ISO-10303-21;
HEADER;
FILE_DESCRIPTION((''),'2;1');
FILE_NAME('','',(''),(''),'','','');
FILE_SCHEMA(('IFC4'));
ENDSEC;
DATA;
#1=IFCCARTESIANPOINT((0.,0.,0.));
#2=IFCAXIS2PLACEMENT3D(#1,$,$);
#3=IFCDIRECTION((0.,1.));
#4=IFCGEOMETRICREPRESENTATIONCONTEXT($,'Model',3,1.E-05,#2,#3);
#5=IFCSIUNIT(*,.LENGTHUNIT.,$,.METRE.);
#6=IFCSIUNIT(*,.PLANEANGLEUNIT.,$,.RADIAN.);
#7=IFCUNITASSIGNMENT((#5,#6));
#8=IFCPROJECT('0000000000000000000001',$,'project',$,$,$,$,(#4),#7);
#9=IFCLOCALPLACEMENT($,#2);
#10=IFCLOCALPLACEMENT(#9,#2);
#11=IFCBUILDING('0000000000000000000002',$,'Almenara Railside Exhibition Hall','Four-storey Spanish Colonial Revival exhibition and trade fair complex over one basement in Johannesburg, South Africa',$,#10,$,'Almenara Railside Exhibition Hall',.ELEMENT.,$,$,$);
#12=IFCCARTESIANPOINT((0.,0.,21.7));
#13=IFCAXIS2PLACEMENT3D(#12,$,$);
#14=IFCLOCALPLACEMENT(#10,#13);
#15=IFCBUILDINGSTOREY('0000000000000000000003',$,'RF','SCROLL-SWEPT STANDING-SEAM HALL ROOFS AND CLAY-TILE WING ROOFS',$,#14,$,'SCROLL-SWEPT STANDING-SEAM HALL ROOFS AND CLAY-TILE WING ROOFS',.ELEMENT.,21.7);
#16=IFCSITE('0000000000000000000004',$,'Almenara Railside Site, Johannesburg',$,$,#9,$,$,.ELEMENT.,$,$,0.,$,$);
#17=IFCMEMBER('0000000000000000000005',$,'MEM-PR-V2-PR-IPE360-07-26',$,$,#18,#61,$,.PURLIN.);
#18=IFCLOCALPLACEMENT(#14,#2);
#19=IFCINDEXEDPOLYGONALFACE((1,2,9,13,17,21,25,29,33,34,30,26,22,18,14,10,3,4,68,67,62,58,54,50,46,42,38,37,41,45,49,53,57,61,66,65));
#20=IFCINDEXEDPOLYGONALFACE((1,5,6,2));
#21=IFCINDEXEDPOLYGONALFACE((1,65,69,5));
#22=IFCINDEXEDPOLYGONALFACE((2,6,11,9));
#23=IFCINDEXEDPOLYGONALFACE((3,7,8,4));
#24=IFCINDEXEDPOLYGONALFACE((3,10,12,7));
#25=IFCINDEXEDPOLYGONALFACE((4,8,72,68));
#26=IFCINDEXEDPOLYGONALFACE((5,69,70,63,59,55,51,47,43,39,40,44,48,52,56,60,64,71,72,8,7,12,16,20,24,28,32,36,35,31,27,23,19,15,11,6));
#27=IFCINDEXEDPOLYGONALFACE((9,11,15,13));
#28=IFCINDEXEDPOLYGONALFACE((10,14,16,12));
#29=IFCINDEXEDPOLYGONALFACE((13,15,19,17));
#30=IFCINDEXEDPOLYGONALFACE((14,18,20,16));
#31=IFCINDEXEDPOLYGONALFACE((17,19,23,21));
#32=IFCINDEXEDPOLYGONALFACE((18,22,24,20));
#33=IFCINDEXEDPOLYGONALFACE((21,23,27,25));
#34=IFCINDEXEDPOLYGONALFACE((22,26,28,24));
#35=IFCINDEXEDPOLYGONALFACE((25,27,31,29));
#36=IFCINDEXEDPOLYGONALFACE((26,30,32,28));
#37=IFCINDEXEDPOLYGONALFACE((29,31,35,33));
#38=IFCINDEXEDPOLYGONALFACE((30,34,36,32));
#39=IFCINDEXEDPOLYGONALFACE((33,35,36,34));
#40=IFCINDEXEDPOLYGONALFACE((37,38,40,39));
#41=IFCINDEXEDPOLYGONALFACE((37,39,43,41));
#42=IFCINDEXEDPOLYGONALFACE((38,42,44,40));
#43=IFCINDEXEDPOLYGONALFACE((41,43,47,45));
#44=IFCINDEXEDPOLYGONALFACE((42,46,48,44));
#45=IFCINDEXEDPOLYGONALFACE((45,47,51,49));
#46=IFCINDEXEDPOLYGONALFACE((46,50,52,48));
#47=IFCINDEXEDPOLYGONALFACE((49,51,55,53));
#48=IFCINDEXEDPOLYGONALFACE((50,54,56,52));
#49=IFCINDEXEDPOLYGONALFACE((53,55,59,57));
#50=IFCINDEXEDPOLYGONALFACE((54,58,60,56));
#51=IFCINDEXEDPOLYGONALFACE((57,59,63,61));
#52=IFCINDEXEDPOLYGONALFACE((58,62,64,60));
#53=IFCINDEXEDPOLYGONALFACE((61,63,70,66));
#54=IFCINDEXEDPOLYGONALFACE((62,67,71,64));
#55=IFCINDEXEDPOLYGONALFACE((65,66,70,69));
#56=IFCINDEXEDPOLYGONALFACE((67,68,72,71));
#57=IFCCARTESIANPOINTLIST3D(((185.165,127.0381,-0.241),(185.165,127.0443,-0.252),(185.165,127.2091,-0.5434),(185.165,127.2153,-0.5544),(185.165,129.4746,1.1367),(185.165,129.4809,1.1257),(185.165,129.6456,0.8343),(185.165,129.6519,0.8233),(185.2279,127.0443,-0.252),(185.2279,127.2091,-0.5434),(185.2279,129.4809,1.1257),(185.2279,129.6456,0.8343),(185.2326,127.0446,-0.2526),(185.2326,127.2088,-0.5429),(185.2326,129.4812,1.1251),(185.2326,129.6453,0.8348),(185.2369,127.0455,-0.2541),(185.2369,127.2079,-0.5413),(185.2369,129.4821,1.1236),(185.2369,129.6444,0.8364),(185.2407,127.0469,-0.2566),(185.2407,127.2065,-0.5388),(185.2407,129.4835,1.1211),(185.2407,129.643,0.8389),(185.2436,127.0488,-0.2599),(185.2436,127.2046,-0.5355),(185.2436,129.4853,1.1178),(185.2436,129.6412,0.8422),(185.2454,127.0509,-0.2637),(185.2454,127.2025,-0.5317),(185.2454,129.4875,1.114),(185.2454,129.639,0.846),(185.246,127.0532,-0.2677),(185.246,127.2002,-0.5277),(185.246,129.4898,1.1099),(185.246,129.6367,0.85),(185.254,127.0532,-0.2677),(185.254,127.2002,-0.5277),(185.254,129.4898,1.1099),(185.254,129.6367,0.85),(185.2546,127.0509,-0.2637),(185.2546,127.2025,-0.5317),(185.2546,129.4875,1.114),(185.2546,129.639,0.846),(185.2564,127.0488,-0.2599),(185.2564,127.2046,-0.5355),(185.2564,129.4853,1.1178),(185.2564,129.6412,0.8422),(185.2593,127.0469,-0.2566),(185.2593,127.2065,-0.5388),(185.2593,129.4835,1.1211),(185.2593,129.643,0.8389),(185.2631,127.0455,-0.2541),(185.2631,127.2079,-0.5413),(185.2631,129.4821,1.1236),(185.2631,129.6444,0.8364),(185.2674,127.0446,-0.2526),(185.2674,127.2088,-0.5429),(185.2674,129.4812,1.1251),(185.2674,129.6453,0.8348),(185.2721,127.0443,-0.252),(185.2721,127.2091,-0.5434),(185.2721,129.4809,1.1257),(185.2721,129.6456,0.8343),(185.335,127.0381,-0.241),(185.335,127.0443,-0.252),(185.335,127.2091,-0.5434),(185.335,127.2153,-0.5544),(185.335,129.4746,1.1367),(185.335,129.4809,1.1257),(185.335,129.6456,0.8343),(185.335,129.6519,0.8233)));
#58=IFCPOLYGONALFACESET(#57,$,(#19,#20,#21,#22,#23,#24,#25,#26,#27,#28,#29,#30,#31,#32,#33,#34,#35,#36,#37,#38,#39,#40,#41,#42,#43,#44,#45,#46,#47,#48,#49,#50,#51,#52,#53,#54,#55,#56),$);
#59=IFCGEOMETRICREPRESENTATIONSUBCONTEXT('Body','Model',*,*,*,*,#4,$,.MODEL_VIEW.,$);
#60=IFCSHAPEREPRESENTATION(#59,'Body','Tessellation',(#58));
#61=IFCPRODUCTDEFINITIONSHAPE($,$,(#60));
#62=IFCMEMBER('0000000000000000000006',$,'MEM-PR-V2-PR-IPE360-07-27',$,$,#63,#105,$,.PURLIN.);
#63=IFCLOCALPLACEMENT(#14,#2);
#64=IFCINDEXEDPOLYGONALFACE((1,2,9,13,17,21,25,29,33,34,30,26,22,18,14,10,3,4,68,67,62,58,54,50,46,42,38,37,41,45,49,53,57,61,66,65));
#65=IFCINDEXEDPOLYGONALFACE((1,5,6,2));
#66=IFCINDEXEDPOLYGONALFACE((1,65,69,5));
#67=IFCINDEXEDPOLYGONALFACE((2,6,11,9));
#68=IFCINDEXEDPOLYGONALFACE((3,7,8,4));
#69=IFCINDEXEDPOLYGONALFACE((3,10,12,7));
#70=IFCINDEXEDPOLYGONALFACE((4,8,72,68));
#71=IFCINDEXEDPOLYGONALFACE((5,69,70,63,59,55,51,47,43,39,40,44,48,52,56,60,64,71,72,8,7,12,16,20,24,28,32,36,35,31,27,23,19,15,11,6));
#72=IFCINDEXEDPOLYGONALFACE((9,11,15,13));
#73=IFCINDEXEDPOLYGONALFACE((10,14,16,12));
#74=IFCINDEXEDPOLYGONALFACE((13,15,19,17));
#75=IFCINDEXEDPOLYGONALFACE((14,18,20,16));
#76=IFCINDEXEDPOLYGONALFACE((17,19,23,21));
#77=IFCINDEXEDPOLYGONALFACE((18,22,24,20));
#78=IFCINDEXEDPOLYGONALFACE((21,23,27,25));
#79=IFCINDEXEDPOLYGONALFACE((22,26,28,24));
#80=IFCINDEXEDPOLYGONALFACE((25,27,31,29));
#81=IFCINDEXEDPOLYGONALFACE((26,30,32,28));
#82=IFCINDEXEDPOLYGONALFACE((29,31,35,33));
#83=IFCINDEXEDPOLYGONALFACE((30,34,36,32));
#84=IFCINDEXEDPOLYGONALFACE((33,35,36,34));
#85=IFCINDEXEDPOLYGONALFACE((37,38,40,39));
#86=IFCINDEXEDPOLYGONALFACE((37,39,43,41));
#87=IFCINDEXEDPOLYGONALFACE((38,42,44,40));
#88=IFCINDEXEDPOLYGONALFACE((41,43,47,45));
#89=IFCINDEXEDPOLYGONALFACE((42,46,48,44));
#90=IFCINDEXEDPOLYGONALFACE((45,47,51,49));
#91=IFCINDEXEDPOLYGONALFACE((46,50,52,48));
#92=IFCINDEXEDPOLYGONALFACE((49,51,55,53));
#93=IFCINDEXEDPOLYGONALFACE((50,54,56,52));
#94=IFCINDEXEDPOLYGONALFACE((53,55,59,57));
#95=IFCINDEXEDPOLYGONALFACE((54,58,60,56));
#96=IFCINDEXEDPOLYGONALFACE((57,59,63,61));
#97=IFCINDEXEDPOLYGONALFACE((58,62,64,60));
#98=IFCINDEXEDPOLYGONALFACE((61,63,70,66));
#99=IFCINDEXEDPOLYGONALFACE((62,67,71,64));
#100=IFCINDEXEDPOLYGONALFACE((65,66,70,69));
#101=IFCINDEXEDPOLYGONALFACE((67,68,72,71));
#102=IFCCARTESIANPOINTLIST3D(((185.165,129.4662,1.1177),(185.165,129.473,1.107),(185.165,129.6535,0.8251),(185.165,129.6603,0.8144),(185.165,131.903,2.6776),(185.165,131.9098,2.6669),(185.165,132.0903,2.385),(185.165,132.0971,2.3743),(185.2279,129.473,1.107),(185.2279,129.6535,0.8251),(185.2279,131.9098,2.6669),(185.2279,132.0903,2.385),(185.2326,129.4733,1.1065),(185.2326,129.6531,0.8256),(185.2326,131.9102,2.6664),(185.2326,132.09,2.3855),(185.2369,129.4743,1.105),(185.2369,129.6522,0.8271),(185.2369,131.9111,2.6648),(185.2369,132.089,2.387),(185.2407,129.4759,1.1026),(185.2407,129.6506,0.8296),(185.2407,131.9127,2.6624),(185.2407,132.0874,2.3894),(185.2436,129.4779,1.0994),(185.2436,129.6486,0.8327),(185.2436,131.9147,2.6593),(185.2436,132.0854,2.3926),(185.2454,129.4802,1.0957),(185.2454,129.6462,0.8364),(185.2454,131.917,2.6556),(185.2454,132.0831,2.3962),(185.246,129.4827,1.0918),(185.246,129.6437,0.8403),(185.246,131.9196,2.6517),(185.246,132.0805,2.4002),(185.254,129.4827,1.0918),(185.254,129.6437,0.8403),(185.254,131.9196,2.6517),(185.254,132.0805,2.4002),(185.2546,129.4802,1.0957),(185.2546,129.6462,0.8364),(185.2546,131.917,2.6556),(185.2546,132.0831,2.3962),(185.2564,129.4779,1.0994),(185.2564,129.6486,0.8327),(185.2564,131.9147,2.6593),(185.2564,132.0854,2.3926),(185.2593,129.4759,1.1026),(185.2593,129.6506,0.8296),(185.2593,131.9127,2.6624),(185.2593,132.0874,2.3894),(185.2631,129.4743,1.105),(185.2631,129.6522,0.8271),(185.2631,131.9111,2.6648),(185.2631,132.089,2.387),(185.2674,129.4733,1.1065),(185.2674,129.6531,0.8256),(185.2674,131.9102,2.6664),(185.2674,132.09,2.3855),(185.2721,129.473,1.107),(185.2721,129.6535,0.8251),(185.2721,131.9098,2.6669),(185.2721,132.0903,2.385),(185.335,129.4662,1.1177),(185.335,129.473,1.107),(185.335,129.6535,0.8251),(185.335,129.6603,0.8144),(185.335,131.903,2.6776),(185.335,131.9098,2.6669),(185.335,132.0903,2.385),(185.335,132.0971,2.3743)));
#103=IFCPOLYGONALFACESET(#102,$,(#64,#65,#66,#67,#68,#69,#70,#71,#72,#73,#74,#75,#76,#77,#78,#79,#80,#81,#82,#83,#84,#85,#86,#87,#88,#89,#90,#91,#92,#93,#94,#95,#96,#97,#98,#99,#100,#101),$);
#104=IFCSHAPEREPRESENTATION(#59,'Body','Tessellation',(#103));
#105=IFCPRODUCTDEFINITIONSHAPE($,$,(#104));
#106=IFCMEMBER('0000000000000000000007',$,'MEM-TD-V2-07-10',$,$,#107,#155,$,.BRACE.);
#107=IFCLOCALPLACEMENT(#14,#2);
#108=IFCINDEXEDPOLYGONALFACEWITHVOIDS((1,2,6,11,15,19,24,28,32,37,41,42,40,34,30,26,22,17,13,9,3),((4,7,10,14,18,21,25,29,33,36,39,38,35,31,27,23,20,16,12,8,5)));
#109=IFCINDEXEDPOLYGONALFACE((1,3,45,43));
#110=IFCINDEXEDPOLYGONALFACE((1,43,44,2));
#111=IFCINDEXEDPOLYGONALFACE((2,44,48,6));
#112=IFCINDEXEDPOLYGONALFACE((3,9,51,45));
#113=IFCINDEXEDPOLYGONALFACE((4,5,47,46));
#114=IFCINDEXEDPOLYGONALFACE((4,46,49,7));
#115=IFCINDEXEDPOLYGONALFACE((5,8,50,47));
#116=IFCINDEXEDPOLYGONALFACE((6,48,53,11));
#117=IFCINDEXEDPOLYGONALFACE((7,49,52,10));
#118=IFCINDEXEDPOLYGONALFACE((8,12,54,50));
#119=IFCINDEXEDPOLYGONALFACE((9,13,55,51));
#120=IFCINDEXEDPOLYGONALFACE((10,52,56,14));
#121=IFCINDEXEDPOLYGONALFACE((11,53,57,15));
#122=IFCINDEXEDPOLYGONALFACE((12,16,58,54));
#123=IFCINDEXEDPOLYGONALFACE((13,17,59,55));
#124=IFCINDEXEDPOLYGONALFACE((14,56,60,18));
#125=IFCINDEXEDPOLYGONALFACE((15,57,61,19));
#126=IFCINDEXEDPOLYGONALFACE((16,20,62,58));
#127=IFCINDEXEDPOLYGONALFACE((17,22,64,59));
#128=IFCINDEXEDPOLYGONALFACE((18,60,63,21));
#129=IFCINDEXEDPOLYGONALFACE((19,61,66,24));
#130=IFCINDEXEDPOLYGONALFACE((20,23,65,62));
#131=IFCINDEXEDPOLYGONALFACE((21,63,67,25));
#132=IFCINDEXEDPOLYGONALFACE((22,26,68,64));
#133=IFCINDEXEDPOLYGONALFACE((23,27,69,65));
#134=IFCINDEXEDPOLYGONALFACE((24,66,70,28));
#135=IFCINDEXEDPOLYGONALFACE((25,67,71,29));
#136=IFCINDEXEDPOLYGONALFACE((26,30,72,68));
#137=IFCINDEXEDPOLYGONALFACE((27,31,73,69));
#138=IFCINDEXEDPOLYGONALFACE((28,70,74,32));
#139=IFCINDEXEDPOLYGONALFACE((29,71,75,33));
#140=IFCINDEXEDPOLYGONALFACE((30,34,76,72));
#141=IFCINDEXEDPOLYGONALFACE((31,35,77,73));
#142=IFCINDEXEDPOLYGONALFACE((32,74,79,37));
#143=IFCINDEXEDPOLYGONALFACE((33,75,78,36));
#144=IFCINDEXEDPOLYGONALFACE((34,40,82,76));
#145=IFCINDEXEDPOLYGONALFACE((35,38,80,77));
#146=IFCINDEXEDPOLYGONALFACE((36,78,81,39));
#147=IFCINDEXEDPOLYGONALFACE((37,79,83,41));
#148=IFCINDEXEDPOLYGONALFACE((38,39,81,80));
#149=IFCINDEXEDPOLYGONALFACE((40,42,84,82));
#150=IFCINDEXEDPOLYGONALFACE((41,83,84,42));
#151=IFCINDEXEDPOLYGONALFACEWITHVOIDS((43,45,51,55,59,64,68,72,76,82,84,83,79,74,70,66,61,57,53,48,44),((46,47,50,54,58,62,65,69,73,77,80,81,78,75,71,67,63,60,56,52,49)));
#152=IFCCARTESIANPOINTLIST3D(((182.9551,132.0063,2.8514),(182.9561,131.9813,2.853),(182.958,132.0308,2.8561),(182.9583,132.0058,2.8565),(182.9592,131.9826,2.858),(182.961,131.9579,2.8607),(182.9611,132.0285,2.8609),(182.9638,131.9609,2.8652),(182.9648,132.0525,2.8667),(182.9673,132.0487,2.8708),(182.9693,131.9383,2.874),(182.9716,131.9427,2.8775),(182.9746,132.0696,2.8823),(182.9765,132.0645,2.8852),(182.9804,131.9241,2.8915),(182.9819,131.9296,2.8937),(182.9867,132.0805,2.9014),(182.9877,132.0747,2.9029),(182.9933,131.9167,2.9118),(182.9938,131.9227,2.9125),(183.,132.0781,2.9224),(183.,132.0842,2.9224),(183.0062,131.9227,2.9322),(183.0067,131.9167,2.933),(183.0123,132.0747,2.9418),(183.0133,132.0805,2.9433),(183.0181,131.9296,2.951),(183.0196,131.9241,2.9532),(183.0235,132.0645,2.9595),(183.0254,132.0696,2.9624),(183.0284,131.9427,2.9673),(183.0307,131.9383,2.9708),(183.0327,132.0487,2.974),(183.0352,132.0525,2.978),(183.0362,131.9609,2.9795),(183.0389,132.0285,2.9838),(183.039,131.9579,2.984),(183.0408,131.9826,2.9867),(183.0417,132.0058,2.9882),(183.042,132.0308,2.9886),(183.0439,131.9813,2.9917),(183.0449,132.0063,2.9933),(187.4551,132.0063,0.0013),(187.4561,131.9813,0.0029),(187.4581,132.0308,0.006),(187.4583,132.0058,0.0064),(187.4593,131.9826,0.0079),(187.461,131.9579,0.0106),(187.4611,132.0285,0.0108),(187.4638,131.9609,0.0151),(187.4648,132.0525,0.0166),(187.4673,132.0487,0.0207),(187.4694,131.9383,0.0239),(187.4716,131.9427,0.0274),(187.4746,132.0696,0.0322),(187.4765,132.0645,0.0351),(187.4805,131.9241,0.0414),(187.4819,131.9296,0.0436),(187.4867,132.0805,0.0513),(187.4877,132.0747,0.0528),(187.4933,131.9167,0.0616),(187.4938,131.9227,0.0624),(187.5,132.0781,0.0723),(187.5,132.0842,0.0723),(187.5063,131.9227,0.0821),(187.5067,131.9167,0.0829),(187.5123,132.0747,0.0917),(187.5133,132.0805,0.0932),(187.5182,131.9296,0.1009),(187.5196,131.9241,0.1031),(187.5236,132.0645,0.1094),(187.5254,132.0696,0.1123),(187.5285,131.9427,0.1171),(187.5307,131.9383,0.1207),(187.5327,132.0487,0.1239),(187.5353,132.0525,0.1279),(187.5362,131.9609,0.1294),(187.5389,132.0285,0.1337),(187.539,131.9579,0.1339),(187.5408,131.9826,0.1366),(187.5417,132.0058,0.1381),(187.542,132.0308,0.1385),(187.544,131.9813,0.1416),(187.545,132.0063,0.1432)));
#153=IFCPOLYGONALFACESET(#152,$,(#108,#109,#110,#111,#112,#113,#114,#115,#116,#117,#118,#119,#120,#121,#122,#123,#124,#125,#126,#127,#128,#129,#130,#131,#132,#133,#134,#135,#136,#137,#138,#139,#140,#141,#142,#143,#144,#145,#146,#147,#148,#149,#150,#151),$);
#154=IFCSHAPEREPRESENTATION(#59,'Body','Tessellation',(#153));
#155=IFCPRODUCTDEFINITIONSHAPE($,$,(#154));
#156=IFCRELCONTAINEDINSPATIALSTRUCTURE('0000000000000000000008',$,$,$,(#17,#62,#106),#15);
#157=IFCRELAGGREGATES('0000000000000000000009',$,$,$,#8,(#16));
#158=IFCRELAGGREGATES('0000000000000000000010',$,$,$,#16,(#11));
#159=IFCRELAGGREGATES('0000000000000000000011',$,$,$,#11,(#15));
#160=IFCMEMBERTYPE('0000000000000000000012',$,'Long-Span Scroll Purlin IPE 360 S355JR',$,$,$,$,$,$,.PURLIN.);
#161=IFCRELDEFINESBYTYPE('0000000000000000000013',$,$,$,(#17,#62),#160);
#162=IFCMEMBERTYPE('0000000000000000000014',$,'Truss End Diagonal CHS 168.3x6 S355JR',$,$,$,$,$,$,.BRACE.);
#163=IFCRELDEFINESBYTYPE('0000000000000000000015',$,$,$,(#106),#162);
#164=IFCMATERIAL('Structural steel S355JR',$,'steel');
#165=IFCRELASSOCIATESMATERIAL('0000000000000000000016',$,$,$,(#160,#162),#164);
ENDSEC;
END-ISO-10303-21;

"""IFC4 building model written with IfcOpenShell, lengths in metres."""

from ifc_helpers import new_model, si_unit, direction, frame, origin, origin_2d, place, context, subcontext, project, spatial, hollow_circle, i_section, extrude, material, material_profile, profile_set, type_object, element, save


model = new_model("IFC4")

# Units and contexts
model_context = context("Model", 3, precision=1e-05, world=origin(), true_north=direction((0.0, 1.0)))
body_context = subcontext(model_context, "Body", "Model", "MODEL_VIEW")
ifc_project = project(units=[si_unit("LENGTHUNIT", "METRE"), si_unit("PLANEANGLEUNIT", "RADIAN")], contexts=[model_context])

# Site, building, storey
site_placement = place(None, origin())
site = spatial("IfcSite", under=ifc_project, at=site_placement, Name="Almenara Railside Site, Johannesburg", CompositionType="ELEMENT", RefElevation=0.0)
building_placement = place(site_placement, origin())
building = spatial("IfcBuilding", under=site, at=building_placement, Name="Almenara Railside Exhibition Hall", Description="Four-storey Spanish Colonial Revival exhibition and trade fair complex over one basement in Johannesburg, South Africa", LongName="Almenara Railside Exhibition Hall", CompositionType="ELEMENT")
storey_placement = place(building_placement, frame((0.0, 0.0, 21.7)))
storey = spatial("IfcBuildingStorey", under=building, at=storey_placement, Name="RF", Description="SCROLL-SWEPT STANDING-SEAM HALL ROOFS AND CLAY-TILE WING ROOFS", LongName="SCROLL-SWEPT STANDING-SEAM HALL ROOFS AND CLAY-TILE WING ROOFS", CompositionType="ELEMENT", Elevation=21.7)

# Shared definitions
ifc_material_1 = material(Name="Structural steel S355JR", Category="steel")

# Members
ifc_material_profile_1 = material_profile(ifc_material_1, i_section(OverallWidth=0.1699, OverallDepth=0.3601, WebThickness=0.0081, FlangeThickness=0.0127, FilletRadius=0.0181, at=origin_2d()), Name="IPE 360")
ifc_profile_set_1 = profile_set([ifc_material_profile_1], Name="Structural steel S355JR")
member_type_1 = type_object("IfcMemberType", Name="Long-Span Scroll Purlin IPE 360 S355JR", PredefinedType="PURLIN", material=ifc_profile_set_1)
member_1_placement = place(storey_placement, frame((185.25, 127.1267, -0.3977), z_axis=(0.0, 0.870483, 0.492198), x_axis=(-1.0, 0.0, 0.0)))
element("IfcMember", 1, at=member_1_placement, inside=storey, type_object=member_type_1, Name="MEM-PR-V2-PR-IPE360-07-26", PredefinedType="PURLIN", context=body_context, shape_type="SweptSolid", body=[
    extrude(i_section(OverallWidth=0.1699, OverallDepth=0.3601, WebThickness=0.0081, FlangeThickness=0.0127, FilletRadius=0.0181, at=origin_2d()), origin(), (0.0, 0.0, 1.0), 2.7991),
])
member_2_placement = place(storey_placement, frame((185.25, 129.5632, 0.9661), z_axis=(0.0, 0.842227, 0.539123), x_axis=(-1.0, 0.0, 0.0)))
element("IfcMember", 2, at=member_2_placement, inside=storey, type_object=member_type_1, Name="MEM-PR-V2-PR-IPE360-07-27", PredefinedType="PURLIN", context=body_context, shape_type="SweptSolid", body=[
    extrude(i_section(OverallWidth=0.1699, OverallDepth=0.3601, WebThickness=0.0081, FlangeThickness=0.0127, FilletRadius=0.0181, at=origin_2d()), origin(), (0.0, 0.0, 1.0), 2.8933),
])
ifc_material_profile_2 = material_profile(ifc_material_1, hollow_circle(Radius=0.0842, WallThickness=0.0061, at=origin_2d()), Name="CHS 168.3x6")
ifc_profile_set_2 = profile_set([ifc_material_profile_2], Name="Structural steel S355JR")
member_type_2 = type_object("IfcMemberType", Name="Truss End Diagonal CHS 168.3x6 S355JR", PredefinedType="BRACE", material=ifc_profile_set_2)
member_3_placement = place(storey_placement, frame((183.0, 132.0, 2.9224), z_axis=(0.844811, 0.0, -0.535065), x_axis=(0.0, 1.0, 0.0)))
element("IfcMember", 3, at=member_3_placement, inside=storey, type_object=member_type_2, Name="MEM-TD-V2-07-10", PredefinedType="BRACE", context=body_context, shape_type="SweptSolid", body=[
    extrude(hollow_circle(Radius=0.0842, WallThickness=0.0061, at=origin_2d()), origin(), (0.0, 0.0, 1.0), 5.3267),
])

save(model, "model.ifc")
